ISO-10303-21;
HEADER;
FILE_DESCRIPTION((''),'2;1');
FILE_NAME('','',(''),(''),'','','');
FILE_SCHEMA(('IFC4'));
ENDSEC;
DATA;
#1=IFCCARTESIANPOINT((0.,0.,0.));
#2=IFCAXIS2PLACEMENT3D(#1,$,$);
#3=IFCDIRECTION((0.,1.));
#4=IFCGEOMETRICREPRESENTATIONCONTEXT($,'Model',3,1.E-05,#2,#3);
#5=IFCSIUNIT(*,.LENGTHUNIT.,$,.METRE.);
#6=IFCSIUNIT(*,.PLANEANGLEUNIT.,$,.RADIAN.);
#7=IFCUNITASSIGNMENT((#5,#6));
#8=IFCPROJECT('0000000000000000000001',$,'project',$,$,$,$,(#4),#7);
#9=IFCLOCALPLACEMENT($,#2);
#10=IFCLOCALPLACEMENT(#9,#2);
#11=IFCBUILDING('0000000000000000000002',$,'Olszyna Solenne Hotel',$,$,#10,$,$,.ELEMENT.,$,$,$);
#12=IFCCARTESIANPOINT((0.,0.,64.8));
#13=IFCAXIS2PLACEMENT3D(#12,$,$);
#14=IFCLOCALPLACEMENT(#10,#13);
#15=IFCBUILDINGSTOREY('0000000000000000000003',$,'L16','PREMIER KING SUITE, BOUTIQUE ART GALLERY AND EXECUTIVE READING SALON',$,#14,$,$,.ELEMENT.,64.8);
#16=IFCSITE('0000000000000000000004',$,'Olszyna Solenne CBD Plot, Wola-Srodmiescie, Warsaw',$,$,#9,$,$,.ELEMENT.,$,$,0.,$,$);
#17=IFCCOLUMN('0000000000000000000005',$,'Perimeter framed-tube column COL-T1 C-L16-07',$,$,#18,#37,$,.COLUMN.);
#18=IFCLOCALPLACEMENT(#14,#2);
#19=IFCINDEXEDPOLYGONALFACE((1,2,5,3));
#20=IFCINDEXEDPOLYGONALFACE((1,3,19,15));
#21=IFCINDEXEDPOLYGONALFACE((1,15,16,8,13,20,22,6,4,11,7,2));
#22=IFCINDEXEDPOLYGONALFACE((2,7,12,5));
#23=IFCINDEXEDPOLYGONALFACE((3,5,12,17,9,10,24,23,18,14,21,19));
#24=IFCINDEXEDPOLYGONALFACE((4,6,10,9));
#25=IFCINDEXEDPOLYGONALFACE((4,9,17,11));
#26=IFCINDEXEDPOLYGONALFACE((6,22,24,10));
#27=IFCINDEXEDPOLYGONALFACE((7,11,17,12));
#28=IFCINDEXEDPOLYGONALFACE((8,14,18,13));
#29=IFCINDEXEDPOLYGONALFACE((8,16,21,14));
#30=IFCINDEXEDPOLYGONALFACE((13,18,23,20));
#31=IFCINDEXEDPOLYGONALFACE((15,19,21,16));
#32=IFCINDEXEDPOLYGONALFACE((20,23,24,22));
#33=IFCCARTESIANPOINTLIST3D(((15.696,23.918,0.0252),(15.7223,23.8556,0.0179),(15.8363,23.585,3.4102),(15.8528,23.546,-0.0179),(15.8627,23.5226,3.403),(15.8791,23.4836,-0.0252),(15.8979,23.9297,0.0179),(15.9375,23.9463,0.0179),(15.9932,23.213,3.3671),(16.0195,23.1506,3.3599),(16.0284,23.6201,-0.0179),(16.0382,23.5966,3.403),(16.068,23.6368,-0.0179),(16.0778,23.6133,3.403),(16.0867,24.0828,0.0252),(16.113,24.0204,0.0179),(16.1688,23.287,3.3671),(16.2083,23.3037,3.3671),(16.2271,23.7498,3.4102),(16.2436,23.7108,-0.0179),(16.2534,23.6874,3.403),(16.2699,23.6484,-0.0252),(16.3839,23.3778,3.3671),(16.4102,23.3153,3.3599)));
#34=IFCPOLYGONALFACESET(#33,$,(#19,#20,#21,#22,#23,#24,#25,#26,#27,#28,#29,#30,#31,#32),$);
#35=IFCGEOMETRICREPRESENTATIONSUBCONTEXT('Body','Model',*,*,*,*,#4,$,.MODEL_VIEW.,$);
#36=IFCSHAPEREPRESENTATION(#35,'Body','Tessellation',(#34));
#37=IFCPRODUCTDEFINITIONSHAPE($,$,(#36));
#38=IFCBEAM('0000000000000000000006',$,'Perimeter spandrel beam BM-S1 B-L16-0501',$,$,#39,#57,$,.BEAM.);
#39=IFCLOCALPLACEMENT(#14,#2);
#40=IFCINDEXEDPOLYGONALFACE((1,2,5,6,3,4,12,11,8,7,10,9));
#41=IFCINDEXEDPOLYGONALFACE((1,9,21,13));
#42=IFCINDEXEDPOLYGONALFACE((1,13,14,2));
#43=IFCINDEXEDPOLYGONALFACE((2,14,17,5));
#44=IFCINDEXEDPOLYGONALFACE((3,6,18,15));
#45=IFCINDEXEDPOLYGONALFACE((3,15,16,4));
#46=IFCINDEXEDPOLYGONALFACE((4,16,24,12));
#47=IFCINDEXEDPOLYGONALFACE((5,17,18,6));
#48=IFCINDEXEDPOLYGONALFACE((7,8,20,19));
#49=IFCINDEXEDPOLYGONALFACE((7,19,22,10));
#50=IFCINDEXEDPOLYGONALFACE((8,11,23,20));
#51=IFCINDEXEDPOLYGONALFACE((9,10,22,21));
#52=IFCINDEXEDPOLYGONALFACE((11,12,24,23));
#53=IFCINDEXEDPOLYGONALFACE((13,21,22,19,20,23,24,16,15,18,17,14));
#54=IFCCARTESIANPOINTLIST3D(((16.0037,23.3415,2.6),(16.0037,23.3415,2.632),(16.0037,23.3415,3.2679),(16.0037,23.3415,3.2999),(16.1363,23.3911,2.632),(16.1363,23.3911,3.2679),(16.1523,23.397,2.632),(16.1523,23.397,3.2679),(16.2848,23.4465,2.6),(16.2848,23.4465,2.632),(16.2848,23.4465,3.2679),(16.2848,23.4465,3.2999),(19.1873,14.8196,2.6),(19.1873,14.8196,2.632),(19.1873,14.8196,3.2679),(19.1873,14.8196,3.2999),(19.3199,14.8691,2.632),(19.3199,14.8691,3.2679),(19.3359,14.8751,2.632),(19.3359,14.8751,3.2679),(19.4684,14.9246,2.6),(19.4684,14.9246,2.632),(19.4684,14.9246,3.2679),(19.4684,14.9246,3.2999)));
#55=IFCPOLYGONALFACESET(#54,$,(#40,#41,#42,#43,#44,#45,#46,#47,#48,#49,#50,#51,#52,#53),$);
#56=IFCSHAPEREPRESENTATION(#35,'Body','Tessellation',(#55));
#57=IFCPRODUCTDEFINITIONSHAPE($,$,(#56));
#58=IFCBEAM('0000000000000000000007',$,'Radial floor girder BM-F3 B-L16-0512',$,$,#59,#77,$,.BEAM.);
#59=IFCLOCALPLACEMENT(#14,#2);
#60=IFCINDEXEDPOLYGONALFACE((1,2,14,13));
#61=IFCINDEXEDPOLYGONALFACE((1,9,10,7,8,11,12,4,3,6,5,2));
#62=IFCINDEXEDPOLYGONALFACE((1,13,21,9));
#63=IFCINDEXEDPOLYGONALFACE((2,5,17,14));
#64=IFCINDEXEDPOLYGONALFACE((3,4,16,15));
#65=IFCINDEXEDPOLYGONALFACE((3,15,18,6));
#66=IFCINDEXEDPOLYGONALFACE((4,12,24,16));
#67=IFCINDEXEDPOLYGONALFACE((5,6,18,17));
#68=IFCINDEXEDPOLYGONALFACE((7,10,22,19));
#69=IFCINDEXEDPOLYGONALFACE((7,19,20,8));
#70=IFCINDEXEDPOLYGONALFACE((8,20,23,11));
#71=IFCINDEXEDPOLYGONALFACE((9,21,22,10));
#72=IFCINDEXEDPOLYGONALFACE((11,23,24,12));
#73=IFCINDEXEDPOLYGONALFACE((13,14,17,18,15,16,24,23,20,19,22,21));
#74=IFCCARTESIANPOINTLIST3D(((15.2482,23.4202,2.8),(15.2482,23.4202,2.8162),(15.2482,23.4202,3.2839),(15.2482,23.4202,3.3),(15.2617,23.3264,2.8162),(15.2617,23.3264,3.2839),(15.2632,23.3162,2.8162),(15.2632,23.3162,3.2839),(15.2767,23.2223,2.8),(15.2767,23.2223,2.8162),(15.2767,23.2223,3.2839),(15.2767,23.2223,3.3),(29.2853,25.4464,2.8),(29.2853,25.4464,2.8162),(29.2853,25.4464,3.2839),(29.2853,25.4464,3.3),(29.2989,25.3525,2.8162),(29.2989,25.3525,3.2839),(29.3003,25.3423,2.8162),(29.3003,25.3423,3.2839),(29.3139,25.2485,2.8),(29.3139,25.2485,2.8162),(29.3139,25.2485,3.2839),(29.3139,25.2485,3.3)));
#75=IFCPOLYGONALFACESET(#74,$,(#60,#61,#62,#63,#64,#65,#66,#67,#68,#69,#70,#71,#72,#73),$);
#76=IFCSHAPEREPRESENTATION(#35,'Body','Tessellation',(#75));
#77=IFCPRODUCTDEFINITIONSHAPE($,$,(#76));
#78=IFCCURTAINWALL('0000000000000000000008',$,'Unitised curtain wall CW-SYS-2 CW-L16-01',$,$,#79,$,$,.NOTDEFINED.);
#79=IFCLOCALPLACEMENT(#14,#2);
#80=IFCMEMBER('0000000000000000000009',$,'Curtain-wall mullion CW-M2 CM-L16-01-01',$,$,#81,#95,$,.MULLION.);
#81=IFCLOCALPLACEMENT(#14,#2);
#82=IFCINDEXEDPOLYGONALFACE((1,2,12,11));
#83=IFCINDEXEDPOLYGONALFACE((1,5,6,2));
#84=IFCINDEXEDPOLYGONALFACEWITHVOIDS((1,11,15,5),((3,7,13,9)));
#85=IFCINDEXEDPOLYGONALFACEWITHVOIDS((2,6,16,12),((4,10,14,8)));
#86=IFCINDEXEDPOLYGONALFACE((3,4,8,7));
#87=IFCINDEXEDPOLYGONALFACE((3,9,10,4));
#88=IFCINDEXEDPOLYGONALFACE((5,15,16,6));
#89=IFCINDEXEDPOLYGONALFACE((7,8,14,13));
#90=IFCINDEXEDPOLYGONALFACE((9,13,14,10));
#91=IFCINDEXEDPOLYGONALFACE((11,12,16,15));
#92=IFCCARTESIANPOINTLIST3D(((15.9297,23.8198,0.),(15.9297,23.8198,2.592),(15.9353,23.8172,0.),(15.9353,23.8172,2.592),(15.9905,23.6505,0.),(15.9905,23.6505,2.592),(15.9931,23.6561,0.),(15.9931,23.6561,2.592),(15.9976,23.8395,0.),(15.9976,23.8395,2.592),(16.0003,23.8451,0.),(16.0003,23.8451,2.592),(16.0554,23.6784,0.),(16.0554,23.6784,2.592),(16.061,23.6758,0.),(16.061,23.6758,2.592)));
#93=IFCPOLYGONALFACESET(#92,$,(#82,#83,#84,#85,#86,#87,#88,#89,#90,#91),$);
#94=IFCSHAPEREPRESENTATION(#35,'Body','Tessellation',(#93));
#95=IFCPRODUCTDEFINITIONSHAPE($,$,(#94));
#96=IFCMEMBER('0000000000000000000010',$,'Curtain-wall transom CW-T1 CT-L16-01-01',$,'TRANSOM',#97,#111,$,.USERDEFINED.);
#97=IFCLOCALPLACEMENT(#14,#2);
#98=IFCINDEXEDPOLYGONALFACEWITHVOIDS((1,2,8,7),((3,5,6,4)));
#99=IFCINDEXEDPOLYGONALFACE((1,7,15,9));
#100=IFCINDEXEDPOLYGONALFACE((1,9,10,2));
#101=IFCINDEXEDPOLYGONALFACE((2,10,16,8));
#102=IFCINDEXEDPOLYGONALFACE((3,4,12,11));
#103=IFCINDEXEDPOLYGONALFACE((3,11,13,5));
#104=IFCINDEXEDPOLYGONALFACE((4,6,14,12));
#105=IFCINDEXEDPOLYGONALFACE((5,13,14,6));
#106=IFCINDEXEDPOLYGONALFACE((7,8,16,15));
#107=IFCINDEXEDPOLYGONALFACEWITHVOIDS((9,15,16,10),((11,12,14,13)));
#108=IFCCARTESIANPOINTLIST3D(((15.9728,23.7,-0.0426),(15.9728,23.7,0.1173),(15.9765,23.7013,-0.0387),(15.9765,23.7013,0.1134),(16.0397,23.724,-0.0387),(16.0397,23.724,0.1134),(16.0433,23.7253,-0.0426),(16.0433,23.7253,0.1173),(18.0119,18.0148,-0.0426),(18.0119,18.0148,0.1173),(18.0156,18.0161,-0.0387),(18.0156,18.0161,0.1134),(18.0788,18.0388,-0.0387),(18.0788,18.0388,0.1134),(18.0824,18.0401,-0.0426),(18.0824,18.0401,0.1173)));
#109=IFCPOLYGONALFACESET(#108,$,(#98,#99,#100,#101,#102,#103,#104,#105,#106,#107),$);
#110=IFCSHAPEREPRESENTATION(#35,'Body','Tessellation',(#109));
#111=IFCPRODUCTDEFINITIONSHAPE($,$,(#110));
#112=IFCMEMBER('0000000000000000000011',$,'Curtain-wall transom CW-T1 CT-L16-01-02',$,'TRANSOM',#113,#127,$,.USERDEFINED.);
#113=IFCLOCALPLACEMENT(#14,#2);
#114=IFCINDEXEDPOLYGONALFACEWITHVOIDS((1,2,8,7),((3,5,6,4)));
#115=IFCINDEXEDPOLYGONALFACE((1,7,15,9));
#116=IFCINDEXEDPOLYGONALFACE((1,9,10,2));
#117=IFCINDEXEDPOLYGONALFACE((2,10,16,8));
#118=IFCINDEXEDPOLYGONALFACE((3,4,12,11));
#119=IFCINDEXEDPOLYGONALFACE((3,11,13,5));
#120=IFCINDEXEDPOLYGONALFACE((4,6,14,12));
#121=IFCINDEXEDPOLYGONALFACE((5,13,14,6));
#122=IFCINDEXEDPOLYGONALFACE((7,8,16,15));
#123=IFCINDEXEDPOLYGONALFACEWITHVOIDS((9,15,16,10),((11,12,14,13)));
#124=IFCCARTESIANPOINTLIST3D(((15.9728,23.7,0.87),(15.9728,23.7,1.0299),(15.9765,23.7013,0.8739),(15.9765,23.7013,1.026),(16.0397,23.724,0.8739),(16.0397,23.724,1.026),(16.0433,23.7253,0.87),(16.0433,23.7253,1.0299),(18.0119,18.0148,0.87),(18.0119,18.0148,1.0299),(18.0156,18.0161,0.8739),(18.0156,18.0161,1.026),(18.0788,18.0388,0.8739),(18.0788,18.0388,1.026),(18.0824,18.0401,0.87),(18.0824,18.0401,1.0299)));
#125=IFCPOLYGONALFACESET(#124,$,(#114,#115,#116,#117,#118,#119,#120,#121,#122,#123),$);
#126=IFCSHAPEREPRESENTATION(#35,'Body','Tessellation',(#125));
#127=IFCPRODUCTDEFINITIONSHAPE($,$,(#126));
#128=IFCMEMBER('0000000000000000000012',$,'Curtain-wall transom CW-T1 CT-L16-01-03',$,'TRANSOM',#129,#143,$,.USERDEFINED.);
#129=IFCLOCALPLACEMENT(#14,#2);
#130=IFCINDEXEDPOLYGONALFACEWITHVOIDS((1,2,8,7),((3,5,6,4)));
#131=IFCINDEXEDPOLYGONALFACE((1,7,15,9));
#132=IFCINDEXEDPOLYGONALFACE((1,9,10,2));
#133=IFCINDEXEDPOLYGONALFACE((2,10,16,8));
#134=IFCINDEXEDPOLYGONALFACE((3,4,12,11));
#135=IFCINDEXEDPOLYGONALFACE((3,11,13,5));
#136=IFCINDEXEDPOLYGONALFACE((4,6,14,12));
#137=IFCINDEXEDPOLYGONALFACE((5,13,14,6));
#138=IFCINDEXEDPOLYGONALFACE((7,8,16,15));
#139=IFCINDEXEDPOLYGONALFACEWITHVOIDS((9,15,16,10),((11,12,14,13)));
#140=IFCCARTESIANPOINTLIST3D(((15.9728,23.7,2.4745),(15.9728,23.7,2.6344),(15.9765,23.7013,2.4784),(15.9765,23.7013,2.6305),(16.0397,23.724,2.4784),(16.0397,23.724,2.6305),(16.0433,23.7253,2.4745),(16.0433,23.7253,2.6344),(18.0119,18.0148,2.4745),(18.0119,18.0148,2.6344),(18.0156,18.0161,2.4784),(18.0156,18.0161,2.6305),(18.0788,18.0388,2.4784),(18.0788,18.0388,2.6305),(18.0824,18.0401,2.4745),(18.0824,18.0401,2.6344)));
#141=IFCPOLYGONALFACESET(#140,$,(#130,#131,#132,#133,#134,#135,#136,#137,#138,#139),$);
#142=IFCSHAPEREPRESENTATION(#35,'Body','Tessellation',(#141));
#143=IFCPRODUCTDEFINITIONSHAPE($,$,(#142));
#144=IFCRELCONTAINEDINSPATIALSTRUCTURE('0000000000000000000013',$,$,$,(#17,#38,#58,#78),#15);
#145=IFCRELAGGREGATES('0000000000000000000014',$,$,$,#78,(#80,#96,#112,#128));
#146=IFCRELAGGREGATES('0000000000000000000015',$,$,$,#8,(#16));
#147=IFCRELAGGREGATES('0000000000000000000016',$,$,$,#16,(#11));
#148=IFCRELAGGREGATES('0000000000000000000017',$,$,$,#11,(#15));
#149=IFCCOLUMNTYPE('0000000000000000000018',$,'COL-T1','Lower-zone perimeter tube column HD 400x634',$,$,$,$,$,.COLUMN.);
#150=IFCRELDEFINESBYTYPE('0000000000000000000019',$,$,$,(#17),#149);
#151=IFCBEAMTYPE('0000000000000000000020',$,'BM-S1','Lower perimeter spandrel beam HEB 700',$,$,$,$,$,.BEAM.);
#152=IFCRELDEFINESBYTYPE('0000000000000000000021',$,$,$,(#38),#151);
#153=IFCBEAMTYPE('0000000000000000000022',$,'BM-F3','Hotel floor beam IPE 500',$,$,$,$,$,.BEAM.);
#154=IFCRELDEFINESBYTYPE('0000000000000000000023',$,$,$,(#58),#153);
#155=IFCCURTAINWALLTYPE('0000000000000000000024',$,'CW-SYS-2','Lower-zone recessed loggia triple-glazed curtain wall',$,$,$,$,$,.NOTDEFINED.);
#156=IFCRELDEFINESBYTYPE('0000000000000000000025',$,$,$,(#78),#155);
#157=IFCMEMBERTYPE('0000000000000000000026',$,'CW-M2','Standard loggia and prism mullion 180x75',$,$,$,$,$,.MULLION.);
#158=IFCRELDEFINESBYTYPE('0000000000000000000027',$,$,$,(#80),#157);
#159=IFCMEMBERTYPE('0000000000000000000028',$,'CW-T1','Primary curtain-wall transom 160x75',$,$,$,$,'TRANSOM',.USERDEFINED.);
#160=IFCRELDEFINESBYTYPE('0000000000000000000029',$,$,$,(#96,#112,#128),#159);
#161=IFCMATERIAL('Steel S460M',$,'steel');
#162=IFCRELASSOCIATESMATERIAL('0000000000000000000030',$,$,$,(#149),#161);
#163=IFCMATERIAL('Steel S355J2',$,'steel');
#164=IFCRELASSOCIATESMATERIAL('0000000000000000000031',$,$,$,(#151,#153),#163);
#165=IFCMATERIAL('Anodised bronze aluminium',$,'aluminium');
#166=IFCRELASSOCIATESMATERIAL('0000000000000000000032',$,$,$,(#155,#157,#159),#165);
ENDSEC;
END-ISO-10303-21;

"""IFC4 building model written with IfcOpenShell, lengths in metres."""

from ifc_helpers import new_model, si_unit, direction, frame, origin, origin_2d, place, context, subcontext, project, spatial, hollow_rectangle, i_section, extrude, source, transform, mapped, material, material_profile, profile_set, type_object, element, aggregate, save


model = new_model("IFC4")

# Units and contexts
model_context = context("Model", 3, precision=1e-05, world=origin(), true_north=direction((0.0, 1.0)))
body_context = subcontext(model_context, "Body", "Model", "MODEL_VIEW")
ifc_project = project(units=[si_unit("LENGTHUNIT", "METRE"), si_unit("PLANEANGLEUNIT", "RADIAN")], contexts=[model_context])

# Site, building, storey
site_placement = place(None, origin())
site = spatial("IfcSite", under=ifc_project, at=site_placement, Name="Olszyna Solenne CBD Plot, Wola-Srodmiescie, Warsaw", CompositionType="ELEMENT", RefElevation=0.0)
building_placement = place(site_placement, origin())
building = spatial("IfcBuilding", under=site, at=building_placement, Name="Olszyna Solenne Hotel", CompositionType="ELEMENT")
storey_placement = place(building_placement, frame((0.0, 0.0, 64.8)))
storey = spatial("IfcBuildingStorey", under=building, at=storey_placement, Name="L16", Description="PREMIER KING SUITE, BOUTIQUE ART GALLERY AND EXECUTIVE READING SALON", CompositionType="ELEMENT", Elevation=64.8)

# Column
ifc_material_1 = material(Name="Steel S460M", Category="steel")
ifc_material_profile_1 = material_profile(ifc_material_1, i_section(OverallWidth=0.4241, OverallDepth=0.4741, WebThickness=0.043, FlangeThickness=0.0681, at=origin_2d()), Name="HD 400x634", Category="load-bearing")
ifc_profile_set_1 = profile_set([ifc_material_profile_1], Name="Steel S460M")
column_type = type_object("IfcColumnType", Name="COL-T1", Description="Lower-zone perimeter tube column HD 400x634", PredefinedType="COLUMN", material=ifc_profile_set_1)
shared_shape_1 = source(origin(), body_context, "Body", "SweptSolid", [
    extrude(i_section(OverallWidth=0.4241, OverallDepth=0.4741, WebThickness=0.043, FlangeThickness=0.0681, at=origin_2d()), origin(), (0.0, 0.0, 1.0), 3.4043),
])
column_placement = place(storey_placement, frame((15.9829, 23.7832, 0.0), z_axis=(0.041237, -0.097821, 0.994349), x_axis=(0.92147, 0.38845, 0.0)))
element("IfcColumn", 1, at=column_placement, inside=storey, type_object=column_type, Name="Perimeter framed-tube column COL-T1 C-L16-07", PredefinedType="COLUMN", context=body_context, shape_type="MappedRepresentation", body=[
    mapped(shared_shape_1, transform((0.0, 0.0, 0.0), x_axis=(1.0, 0.0, 0.0), y_axis=(0.0, 1.0, 0.0), z_axis=(0.0, 0.0, 1.0), scale=1.0)),
])

# Beams
ifc_material_2 = material(Name="Steel S355J2", Category="steel")
ifc_material_profile_2 = material_profile(ifc_material_2, i_section(OverallWidth=0.3, OverallDepth=0.7, WebThickness=0.0171, FlangeThickness=0.032, at=origin_2d()), Name="HEB 700", Category="load-bearing")
ifc_profile_set_2 = profile_set([ifc_material_profile_2], Name="Steel S355J2")
beam_type_1 = type_object("IfcBeamType", Name="BM-S1", Description="Lower perimeter spandrel beam HEB 700", PredefinedType="BEAM", material=ifc_profile_set_2)
shared_shape_2 = source(origin(), body_context, "Body", "SweptSolid", [
    extrude(i_section(OverallWidth=0.3, OverallDepth=0.7, WebThickness=0.0171, FlangeThickness=0.032, at=origin_2d()), origin(), (0.0, 0.0, 1.0), 9.0972),
])
beam_1_placement = place(storey_placement, frame((16.1443, 23.394, 2.95), z_axis=(0.349953, -0.936767, 0.0), x_axis=(0.936767, 0.349953, 0.0)))
element("IfcBeam", 2, at=beam_1_placement, inside=storey, type_object=beam_type_1, Name="Perimeter spandrel beam BM-S1 B-L16-0501", PredefinedType="BEAM", context=body_context, shape_type="MappedRepresentation", body=[
    mapped(shared_shape_2, transform((0.0, 0.0, 0.0), x_axis=(1.0, 0.0, 0.0), y_axis=(0.0, 1.0, 0.0), z_axis=(0.0, 0.0, 1.0), scale=1.0)),
])
ifc_material_profile_3 = material_profile(ifc_material_2, i_section(OverallWidth=0.2, OverallDepth=0.5, WebThickness=0.0103, FlangeThickness=0.0161, at=origin_2d()), Name="IPE 500", Category="load-bearing")
ifc_profile_set_3 = profile_set([ifc_material_profile_3], Name="Steel S355J2")
beam_type_2 = type_object("IfcBeamType", Name="BM-F3", Description="Hotel floor beam IPE 500", PredefinedType="BEAM", material=ifc_profile_set_3)
shared_shape_3 = source(origin(), body_context, "Body", "SweptSolid", [
    extrude(i_section(OverallWidth=0.2, OverallDepth=0.5, WebThickness=0.0103, FlangeThickness=0.0161, at=origin_2d()), origin(), (0.0, 0.0, 1.0), 14.1826),
])
beam_2_placement = place(storey_placement, frame((15.2625, 23.3213, 3.05), z_axis=(0.989743, 0.14286, 0.0), x_axis=(-0.14286, 0.989743, 0.0)))
element("IfcBeam", 3, at=beam_2_placement, inside=storey, type_object=beam_type_2, Name="Radial floor girder BM-F3 B-L16-0512", PredefinedType="BEAM", context=body_context, shape_type="MappedRepresentation", body=[
    mapped(shared_shape_3, transform((0.0, 0.0, 0.0), x_axis=(1.0, 0.0, 0.0), y_axis=(0.0, 1.0, 0.0), z_axis=(0.0, 0.0, 1.0), scale=1.0)),
])

# Curtain wall, members
ifc_material_3 = material(Name="Anodised bronze aluminium", Category="aluminium")
curtain_wall_type = type_object("IfcCurtainWallType", Name="CW-SYS-2", Description="Lower-zone recessed loggia triple-glazed curtain wall", PredefinedType="NOTDEFINED", material=ifc_material_3)
curtain_wall_placement = place(storey_placement, origin())
curtain_wall = element("IfcCurtainWall", 4, at=curtain_wall_placement, inside=storey, type_object=curtain_wall_type, Name="Unitised curtain wall CW-SYS-2 CW-L16-01", PredefinedType="NOTDEFINED")
ifc_material_profile_4 = material_profile(ifc_material_3, hollow_rectangle(XDim=0.075, YDim=0.1799, WallThickness=0.0044, at=origin_2d()), Name="MULL 180x75x4.5", Category="load-bearing")
ifc_profile_set_4 = profile_set([ifc_material_profile_4], Name="Anodised bronze aluminium")
member_type_1 = type_object("IfcMemberType", Name="CW-M2", Description="Standard loggia and prism mullion 180x75", PredefinedType="MULLION", material=ifc_profile_set_4)
shared_shape_4 = source(origin(), body_context, "Body", "SweptSolid", [
    extrude(hollow_rectangle(XDim=0.075, YDim=0.1799, WallThickness=0.0044, at=origin_2d()), origin(), (0.0, 0.0, 1.0), 2.592),
])
member_1_placement = place(storey_placement, frame((15.9954, 23.7478, 0.0), z_axis=(0.0, 0.0, 1.0), x_axis=(0.941289, 0.337602, 0.0)))
member_1 = element("IfcMember", 5, at=member_1_placement, type_object=member_type_1, Name="Curtain-wall mullion CW-M2 CM-L16-01-01", PredefinedType="MULLION", context=body_context, shape_type="MappedRepresentation", body=[
    mapped(shared_shape_4, transform((0.0, 0.0, 0.0), x_axis=(1.0, 0.0, 0.0), y_axis=(0.0, 1.0, 0.0), z_axis=(0.0, 0.0, 1.0), scale=1.0)),
])
ifc_material_profile_5 = material_profile(ifc_material_3, hollow_rectangle(XDim=0.075, YDim=0.1599, WallThickness=0.0039, at=origin_2d()), Name="TRAN 160x75x4", Category="load-bearing")
ifc_profile_set_5 = profile_set([ifc_material_profile_5], Name="Anodised bronze aluminium")
member_type_2 = type_object("IfcMemberType", Name="CW-T1", Description="Primary curtain-wall transom 160x75", ElementType="TRANSOM", PredefinedType="USERDEFINED", material=ifc_profile_set_5)
shared_shape_5 = source(origin(), body_context, "Body", "SweptSolid", [
    extrude(hollow_rectangle(XDim=0.075, YDim=0.1599, WallThickness=0.0039, at=origin_2d()), origin(), (0.0, 0.0, 1.0), 6.0398),
])
member_2_placement = place(storey_placement, frame((16.0081, 23.7126, 0.0374), z_axis=(0.337611, -0.941286, 0.0), x_axis=(0.941286, 0.337611, 0.0)))
member_2 = element("IfcMember", 6, at=member_2_placement, type_object=member_type_2, Name="Curtain-wall transom CW-T1 CT-L16-01-01", ObjectType="TRANSOM", PredefinedType="USERDEFINED", context=body_context, shape_type="MappedRepresentation", body=[
    mapped(shared_shape_5, transform((0.0, 0.0, 0.0), x_axis=(1.0, 0.0, 0.0), y_axis=(0.0, 1.0, 0.0), z_axis=(0.0, 0.0, 1.0), scale=1.0)),
])
member_3_placement = place(storey_placement, frame((16.0081, 23.7126, 0.95), z_axis=(0.337611, -0.941286, 0.0), x_axis=(0.941286, 0.337611, 0.0)))
member_3 = element("IfcMember", 7, at=member_3_placement, type_object=member_type_2, Name="Curtain-wall transom CW-T1 CT-L16-01-02", ObjectType="TRANSOM", PredefinedType="USERDEFINED", context=body_context, shape_type="MappedRepresentation", body=[
    mapped(shared_shape_5, transform((0.0, 0.0, 0.0), x_axis=(1.0, 0.0, 0.0), y_axis=(0.0, 1.0, 0.0), z_axis=(0.0, 0.0, 1.0), scale=1.0)),
])
member_4_placement = place(storey_placement, frame((16.0081, 23.7126, 2.5544), z_axis=(0.337611, -0.941286, 0.0), x_axis=(0.941286, 0.337611, 0.0)))
member_4 = element("IfcMember", 8, at=member_4_placement, type_object=member_type_2, Name="Curtain-wall transom CW-T1 CT-L16-01-03", ObjectType="TRANSOM", PredefinedType="USERDEFINED", context=body_context, shape_type="MappedRepresentation", body=[
    mapped(shared_shape_5, transform((0.0, 0.0, 0.0), x_axis=(1.0, 0.0, 0.0), y_axis=(0.0, 1.0, 0.0), z_axis=(0.0, 0.0, 1.0), scale=1.0)),
])
aggregate(curtain_wall, [member_1, member_2, member_3, member_4])

save(model, "model.ifc")
